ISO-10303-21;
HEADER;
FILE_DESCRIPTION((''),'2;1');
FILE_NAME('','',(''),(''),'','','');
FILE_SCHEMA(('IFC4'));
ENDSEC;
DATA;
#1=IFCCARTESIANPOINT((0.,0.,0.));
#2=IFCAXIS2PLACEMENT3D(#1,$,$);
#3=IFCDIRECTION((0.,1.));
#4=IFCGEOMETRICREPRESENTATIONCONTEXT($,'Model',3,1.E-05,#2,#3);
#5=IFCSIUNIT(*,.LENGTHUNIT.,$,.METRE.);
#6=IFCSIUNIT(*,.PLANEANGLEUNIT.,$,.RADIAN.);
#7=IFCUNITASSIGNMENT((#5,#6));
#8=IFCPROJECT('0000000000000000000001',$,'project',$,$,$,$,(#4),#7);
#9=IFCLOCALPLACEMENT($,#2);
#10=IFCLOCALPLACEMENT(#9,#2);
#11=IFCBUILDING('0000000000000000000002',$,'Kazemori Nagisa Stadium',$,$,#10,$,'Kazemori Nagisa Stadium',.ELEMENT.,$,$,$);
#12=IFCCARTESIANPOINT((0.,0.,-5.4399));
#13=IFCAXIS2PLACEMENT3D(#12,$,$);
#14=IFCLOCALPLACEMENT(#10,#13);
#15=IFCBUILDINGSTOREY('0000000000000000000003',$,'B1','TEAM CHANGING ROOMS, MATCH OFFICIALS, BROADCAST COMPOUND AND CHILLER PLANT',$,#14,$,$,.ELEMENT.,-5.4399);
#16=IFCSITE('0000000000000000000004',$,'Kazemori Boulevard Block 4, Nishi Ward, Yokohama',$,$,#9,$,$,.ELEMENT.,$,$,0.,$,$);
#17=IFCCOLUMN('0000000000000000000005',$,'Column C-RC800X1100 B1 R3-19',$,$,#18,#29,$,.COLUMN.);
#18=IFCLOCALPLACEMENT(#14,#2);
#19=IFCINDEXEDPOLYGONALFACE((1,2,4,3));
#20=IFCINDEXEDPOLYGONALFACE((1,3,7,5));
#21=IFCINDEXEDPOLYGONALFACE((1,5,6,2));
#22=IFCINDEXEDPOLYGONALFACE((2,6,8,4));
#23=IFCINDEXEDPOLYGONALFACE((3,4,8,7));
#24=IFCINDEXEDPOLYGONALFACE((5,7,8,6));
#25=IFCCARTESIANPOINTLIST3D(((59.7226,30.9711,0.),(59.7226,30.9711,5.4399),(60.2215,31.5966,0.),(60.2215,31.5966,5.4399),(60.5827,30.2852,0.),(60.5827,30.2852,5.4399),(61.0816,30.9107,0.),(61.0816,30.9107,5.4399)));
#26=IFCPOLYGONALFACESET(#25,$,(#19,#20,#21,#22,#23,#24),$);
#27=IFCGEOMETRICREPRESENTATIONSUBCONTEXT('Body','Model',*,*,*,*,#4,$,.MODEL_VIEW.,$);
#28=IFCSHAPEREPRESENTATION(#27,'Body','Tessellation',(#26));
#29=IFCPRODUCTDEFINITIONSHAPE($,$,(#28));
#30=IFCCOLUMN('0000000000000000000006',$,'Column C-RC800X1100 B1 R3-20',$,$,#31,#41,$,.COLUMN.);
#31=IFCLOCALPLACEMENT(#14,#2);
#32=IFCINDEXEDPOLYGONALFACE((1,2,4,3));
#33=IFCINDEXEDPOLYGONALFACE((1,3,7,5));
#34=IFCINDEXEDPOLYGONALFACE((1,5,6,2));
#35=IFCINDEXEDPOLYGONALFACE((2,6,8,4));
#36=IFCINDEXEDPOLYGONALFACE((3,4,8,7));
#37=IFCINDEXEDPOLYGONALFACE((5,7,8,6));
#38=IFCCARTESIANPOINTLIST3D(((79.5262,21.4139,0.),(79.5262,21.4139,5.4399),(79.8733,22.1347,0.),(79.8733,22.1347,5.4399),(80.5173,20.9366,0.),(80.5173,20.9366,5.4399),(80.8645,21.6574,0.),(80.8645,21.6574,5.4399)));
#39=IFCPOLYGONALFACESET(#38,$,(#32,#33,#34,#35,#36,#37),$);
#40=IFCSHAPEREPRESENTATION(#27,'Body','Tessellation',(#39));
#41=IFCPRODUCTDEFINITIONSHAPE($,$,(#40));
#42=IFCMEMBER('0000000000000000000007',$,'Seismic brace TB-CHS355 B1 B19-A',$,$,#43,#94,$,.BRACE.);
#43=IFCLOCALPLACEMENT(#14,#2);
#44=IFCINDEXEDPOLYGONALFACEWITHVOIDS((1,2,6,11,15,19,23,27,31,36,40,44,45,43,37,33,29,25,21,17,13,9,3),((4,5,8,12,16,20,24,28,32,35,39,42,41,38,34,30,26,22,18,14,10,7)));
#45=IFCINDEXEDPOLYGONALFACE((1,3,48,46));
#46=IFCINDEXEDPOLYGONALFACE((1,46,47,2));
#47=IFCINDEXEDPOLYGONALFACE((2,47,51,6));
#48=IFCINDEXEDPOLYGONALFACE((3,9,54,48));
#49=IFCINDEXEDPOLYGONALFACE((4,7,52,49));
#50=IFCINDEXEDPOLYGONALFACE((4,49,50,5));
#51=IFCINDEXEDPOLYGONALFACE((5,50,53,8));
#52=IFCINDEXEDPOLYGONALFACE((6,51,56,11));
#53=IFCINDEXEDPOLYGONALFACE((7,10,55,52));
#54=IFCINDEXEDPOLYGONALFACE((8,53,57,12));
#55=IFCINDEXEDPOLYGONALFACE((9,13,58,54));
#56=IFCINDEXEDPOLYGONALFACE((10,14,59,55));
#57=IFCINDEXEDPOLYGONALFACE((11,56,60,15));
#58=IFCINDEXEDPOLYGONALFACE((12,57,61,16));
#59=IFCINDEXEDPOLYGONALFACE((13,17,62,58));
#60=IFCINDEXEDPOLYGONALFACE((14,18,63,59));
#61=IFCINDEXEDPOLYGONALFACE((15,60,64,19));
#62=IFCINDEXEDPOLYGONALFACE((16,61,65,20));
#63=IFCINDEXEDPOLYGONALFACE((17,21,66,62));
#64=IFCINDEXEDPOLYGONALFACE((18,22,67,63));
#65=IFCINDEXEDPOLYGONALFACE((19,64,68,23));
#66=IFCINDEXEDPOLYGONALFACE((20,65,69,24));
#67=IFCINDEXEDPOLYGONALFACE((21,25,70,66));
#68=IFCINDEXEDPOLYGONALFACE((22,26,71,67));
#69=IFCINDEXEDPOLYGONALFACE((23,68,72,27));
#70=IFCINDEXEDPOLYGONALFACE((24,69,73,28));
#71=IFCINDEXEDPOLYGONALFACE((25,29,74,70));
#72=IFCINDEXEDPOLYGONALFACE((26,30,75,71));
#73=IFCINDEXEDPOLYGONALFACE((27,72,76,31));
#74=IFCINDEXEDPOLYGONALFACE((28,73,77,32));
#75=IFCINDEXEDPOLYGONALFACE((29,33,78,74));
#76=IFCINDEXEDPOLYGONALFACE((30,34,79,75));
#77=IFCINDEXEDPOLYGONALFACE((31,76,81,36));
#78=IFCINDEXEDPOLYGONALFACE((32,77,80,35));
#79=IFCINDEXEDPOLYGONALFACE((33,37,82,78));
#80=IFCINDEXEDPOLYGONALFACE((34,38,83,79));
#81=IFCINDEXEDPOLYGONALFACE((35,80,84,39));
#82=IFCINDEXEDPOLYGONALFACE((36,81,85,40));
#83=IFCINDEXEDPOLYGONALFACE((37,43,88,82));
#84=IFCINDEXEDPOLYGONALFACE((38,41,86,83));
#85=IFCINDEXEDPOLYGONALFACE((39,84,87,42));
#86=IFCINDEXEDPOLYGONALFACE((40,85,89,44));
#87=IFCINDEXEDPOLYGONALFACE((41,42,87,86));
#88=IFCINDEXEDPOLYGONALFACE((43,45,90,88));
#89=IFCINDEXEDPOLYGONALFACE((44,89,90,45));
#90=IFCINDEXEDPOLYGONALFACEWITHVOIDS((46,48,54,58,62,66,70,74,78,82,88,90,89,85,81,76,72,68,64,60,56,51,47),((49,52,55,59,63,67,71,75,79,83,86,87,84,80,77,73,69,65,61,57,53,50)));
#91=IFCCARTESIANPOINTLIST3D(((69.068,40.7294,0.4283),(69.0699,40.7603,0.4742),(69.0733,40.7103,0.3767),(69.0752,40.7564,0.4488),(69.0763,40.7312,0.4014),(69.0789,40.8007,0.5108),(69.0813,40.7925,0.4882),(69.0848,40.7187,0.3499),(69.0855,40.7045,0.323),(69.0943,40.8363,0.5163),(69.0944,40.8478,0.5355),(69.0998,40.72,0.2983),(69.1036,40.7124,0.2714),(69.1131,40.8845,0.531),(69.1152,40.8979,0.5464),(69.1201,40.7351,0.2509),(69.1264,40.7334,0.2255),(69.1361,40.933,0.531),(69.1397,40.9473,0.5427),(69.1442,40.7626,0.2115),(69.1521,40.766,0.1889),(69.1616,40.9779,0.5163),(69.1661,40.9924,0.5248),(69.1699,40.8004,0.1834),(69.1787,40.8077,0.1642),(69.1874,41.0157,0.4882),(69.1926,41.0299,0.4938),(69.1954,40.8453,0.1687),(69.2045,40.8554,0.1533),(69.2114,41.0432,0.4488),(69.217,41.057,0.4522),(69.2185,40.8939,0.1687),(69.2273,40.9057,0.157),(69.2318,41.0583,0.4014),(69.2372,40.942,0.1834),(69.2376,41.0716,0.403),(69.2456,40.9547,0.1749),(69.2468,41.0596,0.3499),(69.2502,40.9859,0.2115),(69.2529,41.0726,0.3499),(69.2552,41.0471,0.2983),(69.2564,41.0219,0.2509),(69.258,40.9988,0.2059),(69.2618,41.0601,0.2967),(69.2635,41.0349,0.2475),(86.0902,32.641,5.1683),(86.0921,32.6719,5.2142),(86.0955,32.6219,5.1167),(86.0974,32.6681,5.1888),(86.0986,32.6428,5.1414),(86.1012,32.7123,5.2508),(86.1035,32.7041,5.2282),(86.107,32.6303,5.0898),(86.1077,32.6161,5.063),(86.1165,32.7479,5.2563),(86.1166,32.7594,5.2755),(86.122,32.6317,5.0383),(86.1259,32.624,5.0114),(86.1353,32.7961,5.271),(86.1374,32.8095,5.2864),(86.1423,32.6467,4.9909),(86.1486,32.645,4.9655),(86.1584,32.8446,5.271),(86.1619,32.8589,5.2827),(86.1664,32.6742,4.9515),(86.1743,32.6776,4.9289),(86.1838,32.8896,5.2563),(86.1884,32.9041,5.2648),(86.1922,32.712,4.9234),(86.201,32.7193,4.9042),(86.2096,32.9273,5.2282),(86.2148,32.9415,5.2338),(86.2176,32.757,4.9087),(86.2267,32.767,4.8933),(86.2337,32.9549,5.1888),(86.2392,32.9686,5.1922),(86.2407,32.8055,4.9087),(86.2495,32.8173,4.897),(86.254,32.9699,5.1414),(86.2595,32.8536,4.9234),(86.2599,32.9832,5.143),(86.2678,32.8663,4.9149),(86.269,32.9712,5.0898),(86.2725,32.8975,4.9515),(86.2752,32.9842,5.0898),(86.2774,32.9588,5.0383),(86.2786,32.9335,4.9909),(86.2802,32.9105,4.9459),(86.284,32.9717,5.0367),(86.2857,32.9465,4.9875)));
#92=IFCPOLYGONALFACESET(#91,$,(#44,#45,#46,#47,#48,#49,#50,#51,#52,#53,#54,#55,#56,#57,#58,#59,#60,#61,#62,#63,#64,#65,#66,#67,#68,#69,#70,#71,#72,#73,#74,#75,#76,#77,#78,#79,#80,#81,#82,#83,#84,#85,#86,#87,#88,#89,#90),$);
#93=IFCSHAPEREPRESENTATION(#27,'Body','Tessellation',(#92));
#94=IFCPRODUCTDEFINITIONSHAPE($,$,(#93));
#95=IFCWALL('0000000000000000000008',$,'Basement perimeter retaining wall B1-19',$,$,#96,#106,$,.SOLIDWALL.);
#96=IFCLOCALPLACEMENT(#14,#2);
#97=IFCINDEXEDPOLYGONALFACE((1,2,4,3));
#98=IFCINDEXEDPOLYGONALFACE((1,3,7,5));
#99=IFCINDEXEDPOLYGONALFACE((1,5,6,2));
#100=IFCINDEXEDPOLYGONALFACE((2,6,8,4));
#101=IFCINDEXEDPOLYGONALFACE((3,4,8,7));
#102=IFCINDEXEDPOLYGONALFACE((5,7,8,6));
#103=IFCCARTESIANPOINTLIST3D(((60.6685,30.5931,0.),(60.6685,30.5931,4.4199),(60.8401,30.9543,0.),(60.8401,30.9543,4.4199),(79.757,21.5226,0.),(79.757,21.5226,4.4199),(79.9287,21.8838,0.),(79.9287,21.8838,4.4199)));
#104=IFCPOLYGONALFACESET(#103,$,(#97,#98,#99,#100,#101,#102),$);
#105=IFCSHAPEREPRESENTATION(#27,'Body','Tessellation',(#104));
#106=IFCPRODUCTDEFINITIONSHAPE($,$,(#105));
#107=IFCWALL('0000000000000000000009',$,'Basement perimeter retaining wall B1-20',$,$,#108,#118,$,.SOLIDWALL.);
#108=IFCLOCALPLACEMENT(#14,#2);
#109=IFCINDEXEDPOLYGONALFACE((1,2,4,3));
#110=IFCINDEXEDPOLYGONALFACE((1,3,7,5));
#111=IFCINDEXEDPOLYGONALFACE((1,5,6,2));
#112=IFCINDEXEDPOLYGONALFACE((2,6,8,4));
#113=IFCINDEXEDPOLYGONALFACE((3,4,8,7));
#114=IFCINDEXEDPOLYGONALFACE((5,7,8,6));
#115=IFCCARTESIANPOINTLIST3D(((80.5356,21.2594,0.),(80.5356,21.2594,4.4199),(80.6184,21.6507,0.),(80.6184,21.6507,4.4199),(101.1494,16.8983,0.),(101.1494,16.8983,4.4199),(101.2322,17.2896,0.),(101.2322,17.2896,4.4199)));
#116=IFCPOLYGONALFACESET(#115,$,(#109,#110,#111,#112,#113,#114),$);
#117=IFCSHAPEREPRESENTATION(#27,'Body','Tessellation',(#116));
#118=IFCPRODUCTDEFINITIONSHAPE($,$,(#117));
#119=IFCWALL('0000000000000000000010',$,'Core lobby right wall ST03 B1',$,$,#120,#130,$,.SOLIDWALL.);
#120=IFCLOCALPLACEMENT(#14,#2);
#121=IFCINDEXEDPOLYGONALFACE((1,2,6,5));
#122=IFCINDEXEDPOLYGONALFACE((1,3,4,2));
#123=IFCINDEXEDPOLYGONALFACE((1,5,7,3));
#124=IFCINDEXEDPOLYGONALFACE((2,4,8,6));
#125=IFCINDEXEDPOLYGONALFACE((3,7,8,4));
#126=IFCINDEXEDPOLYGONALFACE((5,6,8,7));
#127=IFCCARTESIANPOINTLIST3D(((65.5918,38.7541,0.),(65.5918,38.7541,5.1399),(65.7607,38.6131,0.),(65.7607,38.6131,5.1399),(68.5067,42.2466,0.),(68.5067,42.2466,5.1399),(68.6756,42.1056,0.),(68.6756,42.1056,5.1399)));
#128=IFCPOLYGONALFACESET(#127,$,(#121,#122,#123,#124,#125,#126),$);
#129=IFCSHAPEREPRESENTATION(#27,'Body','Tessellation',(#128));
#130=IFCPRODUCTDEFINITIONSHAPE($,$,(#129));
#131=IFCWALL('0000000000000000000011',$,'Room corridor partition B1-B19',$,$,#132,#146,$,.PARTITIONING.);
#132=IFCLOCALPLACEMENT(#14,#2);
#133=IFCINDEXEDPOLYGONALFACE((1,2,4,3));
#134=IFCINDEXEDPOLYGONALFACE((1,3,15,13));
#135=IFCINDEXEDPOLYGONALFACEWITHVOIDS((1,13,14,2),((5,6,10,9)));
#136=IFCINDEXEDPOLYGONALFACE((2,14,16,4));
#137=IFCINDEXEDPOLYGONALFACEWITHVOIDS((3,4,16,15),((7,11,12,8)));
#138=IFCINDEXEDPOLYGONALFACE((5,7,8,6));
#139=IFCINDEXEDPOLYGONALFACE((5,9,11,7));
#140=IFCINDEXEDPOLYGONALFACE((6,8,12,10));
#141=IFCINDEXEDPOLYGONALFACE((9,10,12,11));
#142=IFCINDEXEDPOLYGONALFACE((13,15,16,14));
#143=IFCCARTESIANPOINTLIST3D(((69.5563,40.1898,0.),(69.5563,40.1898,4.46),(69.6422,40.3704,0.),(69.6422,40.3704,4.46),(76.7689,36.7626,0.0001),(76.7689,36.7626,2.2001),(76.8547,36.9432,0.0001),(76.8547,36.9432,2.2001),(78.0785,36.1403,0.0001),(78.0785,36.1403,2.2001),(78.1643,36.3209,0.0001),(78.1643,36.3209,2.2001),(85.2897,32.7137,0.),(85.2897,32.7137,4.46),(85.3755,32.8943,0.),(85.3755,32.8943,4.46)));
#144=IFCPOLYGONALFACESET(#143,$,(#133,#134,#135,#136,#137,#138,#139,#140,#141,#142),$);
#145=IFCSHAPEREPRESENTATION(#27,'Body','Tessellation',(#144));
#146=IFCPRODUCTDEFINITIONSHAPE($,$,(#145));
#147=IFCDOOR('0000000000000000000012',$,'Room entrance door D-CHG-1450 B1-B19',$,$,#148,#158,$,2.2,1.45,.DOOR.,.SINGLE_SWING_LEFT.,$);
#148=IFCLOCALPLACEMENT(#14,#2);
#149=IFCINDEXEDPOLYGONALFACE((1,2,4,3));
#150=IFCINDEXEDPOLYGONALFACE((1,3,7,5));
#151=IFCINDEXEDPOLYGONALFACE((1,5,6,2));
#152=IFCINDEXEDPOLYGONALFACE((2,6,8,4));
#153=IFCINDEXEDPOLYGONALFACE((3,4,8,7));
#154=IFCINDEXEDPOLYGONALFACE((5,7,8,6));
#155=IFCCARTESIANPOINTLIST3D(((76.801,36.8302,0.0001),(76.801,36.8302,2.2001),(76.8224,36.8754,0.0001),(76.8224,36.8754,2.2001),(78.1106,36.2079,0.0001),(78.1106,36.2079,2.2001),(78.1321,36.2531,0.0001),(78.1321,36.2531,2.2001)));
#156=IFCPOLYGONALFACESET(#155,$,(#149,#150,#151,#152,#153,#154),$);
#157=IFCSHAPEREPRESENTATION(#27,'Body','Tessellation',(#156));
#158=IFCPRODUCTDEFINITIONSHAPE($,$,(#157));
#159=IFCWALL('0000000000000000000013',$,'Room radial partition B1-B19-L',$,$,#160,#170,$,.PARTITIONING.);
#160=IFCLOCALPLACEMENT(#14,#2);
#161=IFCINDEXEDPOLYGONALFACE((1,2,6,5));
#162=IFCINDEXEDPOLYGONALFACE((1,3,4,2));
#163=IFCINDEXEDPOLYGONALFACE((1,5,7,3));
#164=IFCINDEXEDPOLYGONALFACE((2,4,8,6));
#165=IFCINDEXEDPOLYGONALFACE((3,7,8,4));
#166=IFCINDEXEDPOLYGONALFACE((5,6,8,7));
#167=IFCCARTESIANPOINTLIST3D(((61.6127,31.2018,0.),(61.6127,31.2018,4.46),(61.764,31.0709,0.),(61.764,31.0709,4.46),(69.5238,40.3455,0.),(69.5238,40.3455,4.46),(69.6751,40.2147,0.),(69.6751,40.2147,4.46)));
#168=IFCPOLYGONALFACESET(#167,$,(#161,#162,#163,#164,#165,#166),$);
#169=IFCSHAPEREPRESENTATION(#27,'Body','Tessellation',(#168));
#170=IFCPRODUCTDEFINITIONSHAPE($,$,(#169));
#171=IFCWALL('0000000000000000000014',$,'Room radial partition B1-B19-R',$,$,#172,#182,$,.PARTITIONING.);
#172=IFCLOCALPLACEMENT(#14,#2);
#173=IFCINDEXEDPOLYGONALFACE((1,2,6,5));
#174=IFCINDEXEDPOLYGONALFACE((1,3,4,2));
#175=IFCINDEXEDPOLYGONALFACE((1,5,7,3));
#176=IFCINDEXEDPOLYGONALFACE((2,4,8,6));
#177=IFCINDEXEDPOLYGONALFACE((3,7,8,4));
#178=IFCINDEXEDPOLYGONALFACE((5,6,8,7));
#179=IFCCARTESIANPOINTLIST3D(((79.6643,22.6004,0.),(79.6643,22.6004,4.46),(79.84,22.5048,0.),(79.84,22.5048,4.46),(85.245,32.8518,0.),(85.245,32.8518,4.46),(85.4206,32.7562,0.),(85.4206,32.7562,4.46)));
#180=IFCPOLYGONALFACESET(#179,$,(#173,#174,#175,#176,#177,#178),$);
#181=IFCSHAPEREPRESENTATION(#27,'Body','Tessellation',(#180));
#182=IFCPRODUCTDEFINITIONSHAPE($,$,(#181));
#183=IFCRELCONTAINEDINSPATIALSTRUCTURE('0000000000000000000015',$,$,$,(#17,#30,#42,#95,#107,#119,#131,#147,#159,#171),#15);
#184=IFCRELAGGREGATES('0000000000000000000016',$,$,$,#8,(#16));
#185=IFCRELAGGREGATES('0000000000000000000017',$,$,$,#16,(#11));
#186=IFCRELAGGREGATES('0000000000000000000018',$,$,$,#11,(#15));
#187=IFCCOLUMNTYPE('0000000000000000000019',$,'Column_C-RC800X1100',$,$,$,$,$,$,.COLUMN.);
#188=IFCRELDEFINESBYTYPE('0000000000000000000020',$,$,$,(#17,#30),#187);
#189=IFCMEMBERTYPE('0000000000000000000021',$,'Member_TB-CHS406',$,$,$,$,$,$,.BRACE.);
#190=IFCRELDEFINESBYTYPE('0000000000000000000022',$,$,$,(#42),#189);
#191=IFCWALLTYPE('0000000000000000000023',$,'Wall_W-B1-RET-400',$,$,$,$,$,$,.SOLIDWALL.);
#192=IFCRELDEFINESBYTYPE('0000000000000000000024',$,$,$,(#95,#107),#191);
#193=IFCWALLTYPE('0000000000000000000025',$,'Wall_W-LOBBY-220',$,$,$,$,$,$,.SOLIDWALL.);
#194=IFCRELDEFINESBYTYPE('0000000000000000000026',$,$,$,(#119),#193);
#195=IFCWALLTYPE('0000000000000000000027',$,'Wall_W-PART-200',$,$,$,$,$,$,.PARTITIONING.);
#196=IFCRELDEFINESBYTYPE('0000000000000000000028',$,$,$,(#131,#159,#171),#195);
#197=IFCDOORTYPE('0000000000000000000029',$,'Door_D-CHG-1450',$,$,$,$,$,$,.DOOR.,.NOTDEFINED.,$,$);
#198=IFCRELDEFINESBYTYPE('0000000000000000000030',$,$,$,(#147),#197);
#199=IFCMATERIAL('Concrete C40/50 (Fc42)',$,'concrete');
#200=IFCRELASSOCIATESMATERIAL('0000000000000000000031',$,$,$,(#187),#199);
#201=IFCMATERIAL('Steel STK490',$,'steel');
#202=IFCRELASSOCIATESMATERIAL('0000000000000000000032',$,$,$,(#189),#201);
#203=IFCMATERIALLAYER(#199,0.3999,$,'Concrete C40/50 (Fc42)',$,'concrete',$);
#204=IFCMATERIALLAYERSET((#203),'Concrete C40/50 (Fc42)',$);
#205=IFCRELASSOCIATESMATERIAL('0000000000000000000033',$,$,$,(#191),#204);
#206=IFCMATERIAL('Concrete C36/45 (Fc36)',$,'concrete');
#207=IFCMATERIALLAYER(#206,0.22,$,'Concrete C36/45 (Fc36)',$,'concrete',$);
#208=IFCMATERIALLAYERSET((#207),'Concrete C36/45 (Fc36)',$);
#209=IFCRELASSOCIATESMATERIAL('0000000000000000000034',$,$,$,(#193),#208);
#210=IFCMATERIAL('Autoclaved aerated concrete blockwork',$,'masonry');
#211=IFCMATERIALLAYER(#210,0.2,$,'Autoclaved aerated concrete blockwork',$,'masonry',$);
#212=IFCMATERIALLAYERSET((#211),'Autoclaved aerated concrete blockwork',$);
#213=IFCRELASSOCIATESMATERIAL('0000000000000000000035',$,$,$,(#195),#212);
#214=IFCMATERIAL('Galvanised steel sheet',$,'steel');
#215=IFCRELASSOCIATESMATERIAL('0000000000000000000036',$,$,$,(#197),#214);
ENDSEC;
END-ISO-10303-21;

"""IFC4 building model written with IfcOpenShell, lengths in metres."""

from ifc_helpers import new_model, si_unit, direction, frame, frame_2d, origin, origin_2d, place, context, subcontext, project, spatial, rectangle, hollow_circle, extrude, material, layer, layer_set, material_profile, profile_set, type_object, element, fill, save


model = new_model("IFC4")

# Units and contexts
model_context = context("Model", 3, precision=1e-05, world=origin(), true_north=direction((0.0, 1.0)))
body_context = subcontext(model_context, "Body", "Model", "MODEL_VIEW")
ifc_project = project(units=[si_unit("LENGTHUNIT", "METRE"), si_unit("PLANEANGLEUNIT", "RADIAN")], contexts=[model_context])

# Site, building, storey
site_placement = place(None, origin())
site = spatial("IfcSite", under=ifc_project, at=site_placement, Name="Kazemori Boulevard Block 4, Nishi Ward, Yokohama", CompositionType="ELEMENT", RefElevation=0.0)
building_placement = place(site_placement, origin())
building = spatial("IfcBuilding", under=site, at=building_placement, Name="Kazemori Nagisa Stadium", LongName="Kazemori Nagisa Stadium", CompositionType="ELEMENT")
storey_placement = place(building_placement, frame((0.0, 0.0, -5.4399)))
storey = spatial("IfcBuildingStorey", under=building, at=storey_placement, Name="B1", Description="TEAM CHANGING ROOMS, MATCH OFFICIALS, BROADCAST COMPOUND AND CHILLER PLANT", CompositionType="ELEMENT", Elevation=-5.4399)

# Shared definitions
ifc_material_1 = material(Name="Concrete C40/50 (Fc42)", Category="concrete")

# Shared definitions
ifc_material_2 = material(Name="Concrete C36/45 (Fc36)", Category="concrete")

# Columns
ifc_material_profile_1 = material_profile(ifc_material_1, rectangle(XDim=0.8, YDim=1.1001, at=origin_2d()), Name="RC-COL-800x1100")
ifc_profile_set_1 = profile_set([ifc_material_profile_1], Name="Concrete C40/50 (Fc42)")
column_type_1 = type_object("IfcColumnType", Name="Column_C-RC800X1100", PredefinedType="COLUMN", material=ifc_profile_set_1)
for number, where, z_axis, x_axis, name in (
    (1, (60.4021, 30.9409, 0.0), (0.0, 0.0, 1.0), (-0.62349, -0.781831, 0.0), "Column C-RC800X1100 B1 R3-19"),
    (2, (80.1953, 21.5356, 0.0), (0.0, 0.0, 1.0), (-0.433884, -0.900969, 0.0), "Column C-RC800X1100 B1 R3-20"),
):
    element("IfcColumn", number, at=place(storey_placement, frame(where, z_axis=z_axis, x_axis=x_axis)), inside=storey, type_object=column_type_1, Name=name, PredefinedType="COLUMN", context=body_context, shape_type="SweptSolid", body=[
        extrude(rectangle(XDim=0.8, YDim=1.1001, at=origin_2d()), origin(), (0.0, 0.0, 1.0), 5.4399),
    ])

# Member
ifc_material_3 = material(Name="Steel STK490", Category="steel")
ifc_material_profile_2 = material_profile(ifc_material_3, hollow_circle(Radius=0.2031, WallThickness=0.0144, at=origin_2d()), Name="CHS-406.4x14.3")
ifc_profile_set_2 = profile_set([ifc_material_profile_2], Name="Steel STK490")
member_type = type_object("IfcMemberType", Name="Member_TB-CHS406", PredefinedType="BRACE", material=ifc_profile_set_2)
member_placement = place(storey_placement, frame((69.1658, 40.8892, 0.3499), z_axis=(0.875939, -0.416217, 0.243913), x_axis=(0.429179, 0.903219, 0.0)))
element("IfcMember", 3, at=member_placement, inside=storey, type_object=member_type, Name="Seismic brace TB-CHS355 B1 B19-A", PredefinedType="BRACE", context=body_context, shape_type="SweptSolid", body=[
    extrude(hollow_circle(Radius=0.2031, WallThickness=0.0144, at=origin_2d()), origin(), (0.0, 0.0, 1.0), 19.4331),
])

# Walls
ifc_layer_1 = layer(ifc_material_1, 0.3999, Name="Concrete C40/50 (Fc42)", Category="concrete")
ifc_layer_set_1 = layer_set([ifc_layer_1], Name="Concrete C40/50 (Fc42)")
wall_type_1 = type_object("IfcWallType", Name="Wall_W-B1-RET-400", PredefinedType="SOLIDWALL", material=ifc_layer_set_1)
wall_1_placement = place(storey_placement, frame((60.7544, 30.7737, 0.0), z_axis=(0.0, 0.0, 1.0), x_axis=(0.903214, -0.42919, 0.0)))
element("IfcWall", 4, at=wall_1_placement, inside=storey, type_object=wall_type_1, Name="Basement perimeter retaining wall B1-19", PredefinedType="SOLIDWALL", context=body_context, shape_type="SweptSolid", body=[
    extrude(rectangle(XDim=21.134, YDim=0.3999, at=frame_2d((10.5669, 0.0))), origin(), (0.0, 0.0, 1.0), 4.4199),
])
wall_2_placement = place(storey_placement, frame((80.5769, 21.4551, 0.0), z_axis=(0.0, 0.0, 1.0), x_axis=(0.978345, -0.20698, 0.0)))
element("IfcWall", 5, at=wall_2_placement, inside=storey, type_object=wall_type_1, Name="Basement perimeter retaining wall B1-20", PredefinedType="SOLIDWALL", context=body_context, shape_type="SweptSolid", body=[
    extrude(rectangle(XDim=21.0701, YDim=0.3999, at=frame_2d((10.5352, 0.0))), origin(), (0.0, 0.0, 1.0), 4.4199),
])
ifc_layer_2 = layer(ifc_material_2, 0.22, Name="Concrete C36/45 (Fc36)", Category="concrete")
ifc_layer_set_2 = layer_set([ifc_layer_2], Name="Concrete C36/45 (Fc36)")
wall_type_2 = type_object("IfcWallType", Name="Wall_W-LOBBY-220", PredefinedType="SOLIDWALL", material=ifc_layer_set_2)
wall_3_placement = place(storey_placement, frame((68.5911, 42.176, 0.0), z_axis=(0.0, 0.0, 1.0), x_axis=(-0.64076, -0.767742, 0.0)))
element("IfcWall", 6, at=wall_3_placement, inside=storey, type_object=wall_type_2, Name="Core lobby right wall ST03 B1", PredefinedType="SOLIDWALL", context=body_context, shape_type="SweptSolid", body=[
    extrude(rectangle(XDim=4.5491, YDim=0.22, at=frame_2d((2.2744, 0.0))), origin(), (0.0, 0.0, 1.0), 5.1399),
])

# Wall, opening, door
ifc_material_4 = material(Name="Autoclaved aerated concrete blockwork", Category="masonry")
ifc_layer_3 = layer(ifc_material_4, 0.2, Name="Autoclaved aerated concrete blockwork", Category="masonry")
ifc_layer_set_3 = layer_set([ifc_layer_3], Name="Autoclaved aerated concrete blockwork")
wall_type_3 = type_object("IfcWallType", Name="Wall_W-PART-200", PredefinedType="PARTITIONING", material=ifc_layer_set_3)
wall_4_placement = place(storey_placement, frame((69.5994, 40.28, 0.0), z_axis=(0.0, 0.0, 1.0), x_axis=(0.903217, -0.429184, 0.0)))
wall_4 = element("IfcWall", 7, at=wall_4_placement, inside=storey, type_object=wall_type_3, Name="Room corridor partition B1-B19", PredefinedType="PARTITIONING", context=body_context, shape_type="SweptSolid", body=[
    extrude(rectangle(XDim=17.4192, YDim=0.2, at=frame_2d((8.7095, 0.0))), origin(), (0.0, 0.0, 1.0), 4.46),
])
opening_1_placement = place(wall_4_placement, frame((7.9851, 0.0, 0.0)))
opening_1 = element("IfcOpeningElement", 8, at=opening_1_placement, cuts=wall_4, PredefinedType="OPENING", context=body_context, shape_type="SweptSolid", body=[
    extrude(rectangle(XDim=1.45, YDim=2.2, at=frame_2d((0.7251, 1.1001))), frame((0.0, 0.1099, 0.0), z_axis=(0.0, -1.0, 0.0), x_axis=(1.0, 0.0, 0.0)), (0.0, 0.0, 1.0), 0.22),
])
ifc_material_5 = material(Name="Galvanised steel sheet", Category="steel")
door_type_1 = type_object("IfcDoorType", Name="Door_D-CHG-1450", OperationType="NOTDEFINED", PredefinedType="DOOR", material=ifc_material_5)
door_1_placement = place(opening_1_placement, origin())
door_1 = element("IfcDoor", 9, at=door_1_placement, inside=storey, type_object=door_type_1, Name="Room entrance door D-CHG-1450 B1-B19", OperationType="SINGLE_SWING_LEFT", OverallHeight=2.2, OverallWidth=1.45, PredefinedType="DOOR", context=body_context, shape_type="SweptSolid", body=[
    extrude(rectangle(XDim=1.45, YDim=2.2, at=frame_2d((0.7251, 1.1001))), frame((0.0, 0.0249, 0.0), z_axis=(0.0, -1.0, 0.0), x_axis=(1.0, 0.0, 0.0)), (0.0, 0.0, 1.0), 0.05),
])
fill(opening_1, door_1)

# Walls
wall_5_placement = place(storey_placement, frame((69.5994, 40.28, 0.0), z_axis=(0.0, 0.0, 1.0), x_axis=(-0.654293, -0.756241, 0.0)))
element("IfcWall", 10, at=wall_5_placement, inside=storey, type_object=wall_type_3, Name="Room radial partition B1-B19-L", PredefinedType="PARTITIONING", context=body_context, shape_type="SweptSolid", body=[
    extrude(rectangle(XDim=12.0911, YDim=0.2, at=frame_2d((6.0454, 0.0))), origin(), (0.0, 0.0, 1.0), 4.46),
])
wall_6_placement = place(storey_placement, frame((85.3328, 32.804, 0.0), z_axis=(0.0, 0.0, 1.0), x_axis=(-0.478125, -0.878292, 0.0)))
element("IfcWall", 11, at=wall_6_placement, inside=storey, type_object=wall_type_3, Name="Room radial partition B1-B19-R", PredefinedType="PARTITIONING", context=body_context, shape_type="SweptSolid", body=[
    extrude(rectangle(XDim=11.6719, YDim=0.2, at=frame_2d((5.8359, 0.0))), origin(), (0.0, 0.0, 1.0), 4.46),
])

save(model, "model.ifc")
